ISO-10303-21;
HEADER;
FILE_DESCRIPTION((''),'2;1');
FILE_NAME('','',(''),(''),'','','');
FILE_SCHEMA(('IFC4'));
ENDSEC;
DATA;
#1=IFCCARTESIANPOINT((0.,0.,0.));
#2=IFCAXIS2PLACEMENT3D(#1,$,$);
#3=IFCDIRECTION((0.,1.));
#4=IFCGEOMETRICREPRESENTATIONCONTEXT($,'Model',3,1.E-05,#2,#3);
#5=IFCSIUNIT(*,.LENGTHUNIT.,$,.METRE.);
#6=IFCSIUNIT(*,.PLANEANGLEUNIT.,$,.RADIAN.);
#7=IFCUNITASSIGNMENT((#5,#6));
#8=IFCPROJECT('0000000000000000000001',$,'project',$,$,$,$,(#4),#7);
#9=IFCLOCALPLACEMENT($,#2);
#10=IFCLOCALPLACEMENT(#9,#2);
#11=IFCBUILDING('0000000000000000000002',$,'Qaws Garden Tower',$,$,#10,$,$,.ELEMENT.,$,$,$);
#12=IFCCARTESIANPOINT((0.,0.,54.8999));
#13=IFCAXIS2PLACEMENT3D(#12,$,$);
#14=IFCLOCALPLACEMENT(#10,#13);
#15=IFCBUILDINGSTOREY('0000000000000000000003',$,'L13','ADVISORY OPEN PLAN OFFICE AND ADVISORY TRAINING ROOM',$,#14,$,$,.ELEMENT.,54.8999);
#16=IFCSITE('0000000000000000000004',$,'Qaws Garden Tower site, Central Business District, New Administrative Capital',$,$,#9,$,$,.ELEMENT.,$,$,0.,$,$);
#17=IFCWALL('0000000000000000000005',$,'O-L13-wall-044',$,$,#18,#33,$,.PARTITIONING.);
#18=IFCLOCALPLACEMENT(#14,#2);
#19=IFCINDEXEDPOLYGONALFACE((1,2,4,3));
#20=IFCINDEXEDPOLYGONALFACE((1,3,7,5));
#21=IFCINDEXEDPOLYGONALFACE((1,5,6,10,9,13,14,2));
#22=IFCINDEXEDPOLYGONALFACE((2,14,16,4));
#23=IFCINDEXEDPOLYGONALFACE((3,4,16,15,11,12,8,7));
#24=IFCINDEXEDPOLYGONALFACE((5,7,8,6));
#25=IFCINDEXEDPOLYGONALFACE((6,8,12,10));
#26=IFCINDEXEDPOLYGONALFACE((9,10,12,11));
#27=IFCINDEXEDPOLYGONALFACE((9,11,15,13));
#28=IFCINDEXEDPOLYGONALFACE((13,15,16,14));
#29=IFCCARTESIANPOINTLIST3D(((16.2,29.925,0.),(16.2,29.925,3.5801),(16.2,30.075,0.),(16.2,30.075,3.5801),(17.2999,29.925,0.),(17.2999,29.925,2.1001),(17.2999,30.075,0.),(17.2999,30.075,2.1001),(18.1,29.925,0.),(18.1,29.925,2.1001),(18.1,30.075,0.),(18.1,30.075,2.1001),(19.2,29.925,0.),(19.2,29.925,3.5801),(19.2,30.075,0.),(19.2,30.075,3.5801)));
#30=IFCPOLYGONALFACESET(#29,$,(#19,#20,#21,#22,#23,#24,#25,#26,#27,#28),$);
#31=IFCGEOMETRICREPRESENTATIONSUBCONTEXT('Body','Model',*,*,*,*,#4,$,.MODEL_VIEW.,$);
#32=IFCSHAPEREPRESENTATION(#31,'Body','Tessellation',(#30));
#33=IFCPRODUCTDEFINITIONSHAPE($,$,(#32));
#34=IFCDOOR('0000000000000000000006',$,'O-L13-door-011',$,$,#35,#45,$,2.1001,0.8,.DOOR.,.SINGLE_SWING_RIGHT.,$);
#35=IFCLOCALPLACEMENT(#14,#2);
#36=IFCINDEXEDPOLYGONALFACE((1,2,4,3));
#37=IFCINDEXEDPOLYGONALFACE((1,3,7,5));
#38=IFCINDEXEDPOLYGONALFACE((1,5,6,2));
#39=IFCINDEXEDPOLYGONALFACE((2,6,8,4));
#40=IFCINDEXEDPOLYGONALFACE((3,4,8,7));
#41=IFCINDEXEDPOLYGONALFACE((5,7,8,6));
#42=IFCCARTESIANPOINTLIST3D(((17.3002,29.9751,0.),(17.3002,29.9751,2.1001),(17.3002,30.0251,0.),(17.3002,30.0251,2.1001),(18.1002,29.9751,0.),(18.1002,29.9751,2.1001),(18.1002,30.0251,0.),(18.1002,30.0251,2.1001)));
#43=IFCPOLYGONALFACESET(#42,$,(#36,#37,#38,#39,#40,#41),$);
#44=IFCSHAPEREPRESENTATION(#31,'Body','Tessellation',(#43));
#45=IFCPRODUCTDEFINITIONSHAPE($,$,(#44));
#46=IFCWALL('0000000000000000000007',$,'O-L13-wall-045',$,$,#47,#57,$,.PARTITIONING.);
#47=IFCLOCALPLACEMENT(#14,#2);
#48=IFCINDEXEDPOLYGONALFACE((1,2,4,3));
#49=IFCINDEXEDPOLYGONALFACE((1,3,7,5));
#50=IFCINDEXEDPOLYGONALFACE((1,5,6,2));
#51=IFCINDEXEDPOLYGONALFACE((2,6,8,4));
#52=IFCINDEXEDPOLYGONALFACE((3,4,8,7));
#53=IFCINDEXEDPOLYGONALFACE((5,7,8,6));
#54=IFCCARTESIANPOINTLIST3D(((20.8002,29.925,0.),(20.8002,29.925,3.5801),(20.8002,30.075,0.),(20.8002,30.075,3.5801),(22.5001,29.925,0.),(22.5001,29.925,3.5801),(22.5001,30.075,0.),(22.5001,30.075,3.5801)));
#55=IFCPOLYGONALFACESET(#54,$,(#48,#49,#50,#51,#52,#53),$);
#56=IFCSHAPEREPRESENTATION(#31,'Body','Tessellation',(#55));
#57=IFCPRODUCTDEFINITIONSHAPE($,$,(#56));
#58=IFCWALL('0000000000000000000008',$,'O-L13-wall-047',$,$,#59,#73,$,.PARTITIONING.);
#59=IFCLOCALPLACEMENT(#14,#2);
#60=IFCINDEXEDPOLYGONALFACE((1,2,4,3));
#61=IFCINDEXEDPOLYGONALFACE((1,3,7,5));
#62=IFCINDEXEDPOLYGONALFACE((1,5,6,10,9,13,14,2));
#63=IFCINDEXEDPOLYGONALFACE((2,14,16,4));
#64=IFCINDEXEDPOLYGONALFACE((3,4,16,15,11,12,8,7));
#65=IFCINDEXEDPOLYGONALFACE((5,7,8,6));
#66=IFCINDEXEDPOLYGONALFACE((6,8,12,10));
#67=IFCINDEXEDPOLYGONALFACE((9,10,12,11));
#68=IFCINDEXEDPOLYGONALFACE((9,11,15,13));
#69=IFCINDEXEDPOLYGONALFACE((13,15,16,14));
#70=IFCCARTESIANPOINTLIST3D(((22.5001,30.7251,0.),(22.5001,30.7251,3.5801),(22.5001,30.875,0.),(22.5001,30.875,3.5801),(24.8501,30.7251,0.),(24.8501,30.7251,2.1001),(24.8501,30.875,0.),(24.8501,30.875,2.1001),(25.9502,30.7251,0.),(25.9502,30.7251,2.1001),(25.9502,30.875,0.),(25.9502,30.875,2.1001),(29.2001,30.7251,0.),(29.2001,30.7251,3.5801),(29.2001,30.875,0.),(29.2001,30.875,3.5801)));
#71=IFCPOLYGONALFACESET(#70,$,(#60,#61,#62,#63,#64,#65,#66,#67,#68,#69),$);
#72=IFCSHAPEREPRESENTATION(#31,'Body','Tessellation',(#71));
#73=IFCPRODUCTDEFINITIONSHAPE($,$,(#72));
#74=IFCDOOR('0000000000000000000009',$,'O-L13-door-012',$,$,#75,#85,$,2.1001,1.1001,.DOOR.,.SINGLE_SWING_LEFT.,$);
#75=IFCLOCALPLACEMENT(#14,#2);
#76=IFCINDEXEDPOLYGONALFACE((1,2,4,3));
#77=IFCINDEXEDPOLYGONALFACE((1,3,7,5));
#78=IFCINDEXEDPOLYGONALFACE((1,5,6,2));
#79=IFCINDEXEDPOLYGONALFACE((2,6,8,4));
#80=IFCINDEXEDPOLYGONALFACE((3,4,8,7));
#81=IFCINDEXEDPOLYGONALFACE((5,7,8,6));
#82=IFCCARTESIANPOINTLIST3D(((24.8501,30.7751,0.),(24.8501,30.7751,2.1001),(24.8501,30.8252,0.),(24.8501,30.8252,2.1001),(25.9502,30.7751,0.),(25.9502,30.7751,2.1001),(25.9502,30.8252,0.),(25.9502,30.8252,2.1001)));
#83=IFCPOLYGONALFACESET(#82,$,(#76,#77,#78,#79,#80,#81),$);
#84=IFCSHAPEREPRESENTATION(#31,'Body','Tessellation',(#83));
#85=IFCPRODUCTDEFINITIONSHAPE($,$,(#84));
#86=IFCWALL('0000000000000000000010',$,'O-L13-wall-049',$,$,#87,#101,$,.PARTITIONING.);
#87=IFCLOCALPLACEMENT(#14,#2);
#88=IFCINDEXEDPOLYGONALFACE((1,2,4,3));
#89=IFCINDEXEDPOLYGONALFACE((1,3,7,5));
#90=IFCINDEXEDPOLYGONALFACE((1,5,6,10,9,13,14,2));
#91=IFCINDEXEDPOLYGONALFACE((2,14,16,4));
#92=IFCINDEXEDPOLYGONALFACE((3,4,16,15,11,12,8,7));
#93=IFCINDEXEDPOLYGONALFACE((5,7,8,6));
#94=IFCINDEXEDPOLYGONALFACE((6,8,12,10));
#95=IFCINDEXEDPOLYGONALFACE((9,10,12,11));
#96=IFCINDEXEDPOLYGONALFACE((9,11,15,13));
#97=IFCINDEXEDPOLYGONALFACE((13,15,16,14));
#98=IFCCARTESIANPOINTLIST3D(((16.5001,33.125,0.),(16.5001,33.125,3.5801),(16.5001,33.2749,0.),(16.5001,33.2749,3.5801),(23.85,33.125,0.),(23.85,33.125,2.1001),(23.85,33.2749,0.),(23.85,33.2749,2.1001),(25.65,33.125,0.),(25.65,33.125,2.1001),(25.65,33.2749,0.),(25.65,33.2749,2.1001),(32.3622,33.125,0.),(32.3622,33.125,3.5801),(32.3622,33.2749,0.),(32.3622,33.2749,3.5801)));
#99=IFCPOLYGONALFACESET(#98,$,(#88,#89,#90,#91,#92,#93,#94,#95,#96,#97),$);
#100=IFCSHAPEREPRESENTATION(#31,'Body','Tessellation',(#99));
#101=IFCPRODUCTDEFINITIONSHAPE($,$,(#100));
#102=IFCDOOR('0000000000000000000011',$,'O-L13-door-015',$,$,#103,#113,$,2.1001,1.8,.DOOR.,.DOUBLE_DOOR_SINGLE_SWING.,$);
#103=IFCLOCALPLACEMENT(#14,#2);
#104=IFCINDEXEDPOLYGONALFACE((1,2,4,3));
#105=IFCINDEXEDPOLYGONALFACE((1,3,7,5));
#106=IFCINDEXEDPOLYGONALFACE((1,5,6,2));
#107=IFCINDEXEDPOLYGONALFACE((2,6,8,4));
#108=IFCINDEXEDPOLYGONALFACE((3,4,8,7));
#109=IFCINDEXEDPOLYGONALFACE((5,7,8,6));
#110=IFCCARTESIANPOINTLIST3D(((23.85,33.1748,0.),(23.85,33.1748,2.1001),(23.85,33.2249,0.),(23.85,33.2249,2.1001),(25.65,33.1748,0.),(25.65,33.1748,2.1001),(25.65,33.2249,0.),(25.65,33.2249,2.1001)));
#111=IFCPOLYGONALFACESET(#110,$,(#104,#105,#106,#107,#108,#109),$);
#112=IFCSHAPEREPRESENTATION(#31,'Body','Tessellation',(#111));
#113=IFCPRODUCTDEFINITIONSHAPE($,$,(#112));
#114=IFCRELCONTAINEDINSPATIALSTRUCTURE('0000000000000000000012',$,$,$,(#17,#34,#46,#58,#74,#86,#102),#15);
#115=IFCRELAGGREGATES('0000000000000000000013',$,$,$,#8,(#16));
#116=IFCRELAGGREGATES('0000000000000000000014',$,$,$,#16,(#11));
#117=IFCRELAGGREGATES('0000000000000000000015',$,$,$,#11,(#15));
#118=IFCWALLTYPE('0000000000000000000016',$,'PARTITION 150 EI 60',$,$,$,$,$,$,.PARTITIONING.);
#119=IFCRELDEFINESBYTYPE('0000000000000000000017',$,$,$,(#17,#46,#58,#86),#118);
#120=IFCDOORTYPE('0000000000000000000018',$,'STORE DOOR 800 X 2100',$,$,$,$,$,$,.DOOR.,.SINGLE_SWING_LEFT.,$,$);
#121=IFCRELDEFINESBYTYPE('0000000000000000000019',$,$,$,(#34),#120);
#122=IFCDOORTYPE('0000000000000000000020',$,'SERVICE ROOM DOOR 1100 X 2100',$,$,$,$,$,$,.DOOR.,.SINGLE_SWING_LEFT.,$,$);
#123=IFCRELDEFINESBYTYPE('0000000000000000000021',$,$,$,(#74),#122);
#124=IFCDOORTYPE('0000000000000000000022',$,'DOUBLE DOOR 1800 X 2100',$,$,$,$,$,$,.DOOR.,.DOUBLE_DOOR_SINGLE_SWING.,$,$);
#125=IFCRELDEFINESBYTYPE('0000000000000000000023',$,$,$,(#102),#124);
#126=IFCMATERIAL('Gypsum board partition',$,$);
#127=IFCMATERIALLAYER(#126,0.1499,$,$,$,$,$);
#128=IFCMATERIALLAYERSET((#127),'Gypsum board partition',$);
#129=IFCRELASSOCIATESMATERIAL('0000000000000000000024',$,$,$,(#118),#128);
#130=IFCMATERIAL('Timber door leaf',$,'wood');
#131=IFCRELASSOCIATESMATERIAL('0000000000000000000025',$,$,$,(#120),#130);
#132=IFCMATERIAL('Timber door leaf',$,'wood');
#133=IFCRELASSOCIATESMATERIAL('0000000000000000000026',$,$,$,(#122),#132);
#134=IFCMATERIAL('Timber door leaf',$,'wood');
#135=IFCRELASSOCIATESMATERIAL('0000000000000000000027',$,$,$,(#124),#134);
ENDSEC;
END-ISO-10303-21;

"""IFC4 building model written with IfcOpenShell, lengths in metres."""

from ifc_helpers import new_model, si_unit, direction, frame, frame_2d, origin, place, context, subcontext, project, spatial, rectangle, extrude, material, layer, layer_set, type_object, element, fill, save


model = new_model("IFC4")

# Units and contexts
model_context = context("Model", 3, precision=1e-05, world=origin(), true_north=direction((0.0, 1.0)))
body_context = subcontext(model_context, "Body", "Model", "MODEL_VIEW")
ifc_project = project(units=[si_unit("LENGTHUNIT", "METRE"), si_unit("PLANEANGLEUNIT", "RADIAN")], contexts=[model_context])

# Site, building, storey
site_placement = place(None, origin())
site = spatial("IfcSite", under=ifc_project, at=site_placement, Name="Qaws Garden Tower site, Central Business District, New Administrative Capital", CompositionType="ELEMENT", RefElevation=0.0)
building_placement = place(site_placement, origin())
building = spatial("IfcBuilding", under=site, at=building_placement, Name="Qaws Garden Tower", CompositionType="ELEMENT")
storey_placement = place(building_placement, frame((0.0, 0.0, 54.8999)))
storey = spatial("IfcBuildingStorey", under=building, at=storey_placement, Name="L13", Description="ADVISORY OPEN PLAN OFFICE AND ADVISORY TRAINING ROOM", CompositionType="ELEMENT", Elevation=54.8999)

# Shared definitions
ifc_material_1 = material(Name="Gypsum board partition")
ifc_layer_1 = layer(ifc_material_1, 0.1499)
ifc_layer_set_1 = layer_set([ifc_layer_1], Name="Gypsum board partition")
wall_type_1 = type_object("IfcWallType", Name="PARTITION 150 EI 60", PredefinedType="PARTITIONING", material=ifc_layer_set_1)

# Wall, opening, door
wall_1_placement = place(storey_placement, frame((16.2, 30.0, 0.0), z_axis=(0.0, 0.0, 1.0), x_axis=(1.0, 0.0, 0.0)))
wall_1 = element("IfcWall", 1, at=wall_1_placement, inside=storey, type_object=wall_type_1, Name="O-L13-wall-044", PredefinedType="PARTITIONING", context=body_context, shape_type="SweptSolid", body=[
    extrude(rectangle(XDim=3.0, YDim=0.1499, at=frame_2d((1.5, 0.0))), origin(), (0.0, 0.0, 1.0), 3.5801),
])
opening_1_placement = place(wall_1_placement, frame((1.1001, 0.0, 0.0)))
opening_1 = element("IfcOpeningElement", 2, at=opening_1_placement, cuts=wall_1, PredefinedType="OPENING", context=body_context, shape_type="SweptSolid", body=[
    extrude(rectangle(XDim=0.8, YDim=2.1001, at=frame_2d((0.3999, 1.05))), frame((0.0, 0.085, 0.0), z_axis=(0.0, -1.0, 0.0), x_axis=(1.0, 0.0, 0.0)), (0.0, 0.0, 1.0), 0.1699),
])
ifc_material_2 = material(Name="Timber door leaf", Category="wood")
door_type_1 = type_object("IfcDoorType", Name="STORE DOOR 800 X 2100", OperationType="SINGLE_SWING_LEFT", PredefinedType="DOOR", material=ifc_material_2)
door_1_placement = place(opening_1_placement, frame((0.8, 0.0, 0.0), z_axis=(0.0, 0.0, 1.0), x_axis=(-1.0, 0.0, 0.0)))
door_1 = element("IfcDoor", 3, at=door_1_placement, inside=storey, type_object=door_type_1, Name="O-L13-door-011", OperationType="SINGLE_SWING_RIGHT", OverallHeight=2.1001, OverallWidth=0.8, PredefinedType="DOOR", context=body_context, shape_type="SweptSolid", body=[
    extrude(rectangle(XDim=0.8, YDim=2.1001, at=frame_2d((0.3999, 1.05))), frame((0.0, 0.0249, 0.0), z_axis=(0.0, -1.0, 0.0), x_axis=(1.0, 0.0, 0.0)), (0.0, 0.0, 1.0), 0.05),
])
fill(opening_1, door_1)

# Wall
wall_2_placement = place(storey_placement, frame((20.8, 30.0, 0.0), z_axis=(0.0, 0.0, 1.0), x_axis=(1.0, 0.0, 0.0)))
element("IfcWall", 4, at=wall_2_placement, inside=storey, type_object=wall_type_1, Name="O-L13-wall-045", PredefinedType="PARTITIONING", context=body_context, shape_type="SweptSolid", body=[
    extrude(rectangle(XDim=1.7, YDim=0.1499, at=frame_2d((0.8501, 0.0))), origin(), (0.0, 0.0, 1.0), 3.5801),
])

# Walls, openings, doors
wall_3_placement = place(storey_placement, frame((22.5, 30.8, 0.0), z_axis=(0.0, 0.0, 1.0), x_axis=(1.0, 0.0, 0.0)))
wall_3 = element("IfcWall", 5, at=wall_3_placement, inside=storey, type_object=wall_type_1, Name="O-L13-wall-047", PredefinedType="PARTITIONING", context=body_context, shape_type="SweptSolid", body=[
    extrude(rectangle(XDim=6.7, YDim=0.1499, at=frame_2d((3.3501, 0.0))), origin(), (0.0, 0.0, 1.0), 3.5801),
])
opening_2_placement = place(wall_3_placement, frame((2.3501, 0.0, 0.0)))
opening_2 = element("IfcOpeningElement", 6, at=opening_2_placement, cuts=wall_3, PredefinedType="OPENING", context=body_context, shape_type="SweptSolid", body=[
    extrude(rectangle(XDim=1.1001, YDim=2.1001, at=frame_2d((0.55, 1.05))), frame((0.0, 0.085, 0.0), z_axis=(0.0, -1.0, 0.0), x_axis=(1.0, 0.0, 0.0)), (0.0, 0.0, 1.0), 0.1699),
])
ifc_material_3 = material(Name="Timber door leaf", Category="wood")
door_type_2 = type_object("IfcDoorType", Name="SERVICE ROOM DOOR 1100 X 2100", OperationType="SINGLE_SWING_LEFT", PredefinedType="DOOR", material=ifc_material_3)
door_2_placement = place(opening_2_placement, frame((1.1001, 0.0, 0.0), z_axis=(0.0, 0.0, 1.0), x_axis=(-1.0, 0.0, 0.0)))
door_2 = element("IfcDoor", 7, at=door_2_placement, inside=storey, type_object=door_type_2, Name="O-L13-door-012", OperationType="SINGLE_SWING_LEFT", OverallHeight=2.1001, OverallWidth=1.1001, PredefinedType="DOOR", context=body_context, shape_type="SweptSolid", body=[
    extrude(rectangle(XDim=1.1001, YDim=2.1001, at=frame_2d((0.55, 1.05))), frame((0.0, 0.0249, 0.0), z_axis=(0.0, -1.0, 0.0), x_axis=(1.0, 0.0, 0.0)), (0.0, 0.0, 1.0), 0.05),
])
fill(opening_2, door_2)
wall_4_placement = place(storey_placement, frame((16.5, 33.2, 0.0), z_axis=(0.0, 0.0, 1.0), x_axis=(1.0, 0.0, 0.0)))
wall_4 = element("IfcWall", 8, at=wall_4_placement, inside=storey, type_object=wall_type_1, Name="O-L13-wall-049", PredefinedType="PARTITIONING", context=body_context, shape_type="SweptSolid", body=[
    extrude(rectangle(XDim=15.8621, YDim=0.1499, at=frame_2d((7.9312, 0.0))), origin(), (0.0, 0.0, 1.0), 3.5801),
])
opening_3_placement = place(wall_4_placement, frame((7.3501, 0.0, 0.0)))
opening_3 = element("IfcOpeningElement", 9, at=opening_3_placement, cuts=wall_4, PredefinedType="OPENING", context=body_context, shape_type="SweptSolid", body=[
    extrude(rectangle(XDim=1.8, YDim=2.1001, at=frame_2d((0.8999, 1.05))), frame((0.0, 0.085, 0.0), z_axis=(0.0, -1.0, 0.0), x_axis=(1.0, 0.0, 0.0)), (0.0, 0.0, 1.0), 0.1699),
])
ifc_material_4 = material(Name="Timber door leaf", Category="wood")
door_type_3 = type_object("IfcDoorType", Name="DOUBLE DOOR 1800 X 2100", OperationType="DOUBLE_DOOR_SINGLE_SWING", PredefinedType="DOOR", material=ifc_material_4)
door_3_placement = place(opening_3_placement, origin())
door_3 = element("IfcDoor", 10, at=door_3_placement, inside=storey, type_object=door_type_3, Name="O-L13-door-015", OperationType="DOUBLE_DOOR_SINGLE_SWING", OverallHeight=2.1001, OverallWidth=1.8, PredefinedType="DOOR", context=body_context, shape_type="SweptSolid", body=[
    extrude(rectangle(XDim=1.8, YDim=2.1001, at=frame_2d((0.8999, 1.05))), frame((0.0, 0.0249, 0.0), z_axis=(0.0, -1.0, 0.0), x_axis=(1.0, 0.0, 0.0)), (0.0, 0.0, 1.0), 0.05),
])
fill(opening_3, door_3)

save(model, "model.ifc")
